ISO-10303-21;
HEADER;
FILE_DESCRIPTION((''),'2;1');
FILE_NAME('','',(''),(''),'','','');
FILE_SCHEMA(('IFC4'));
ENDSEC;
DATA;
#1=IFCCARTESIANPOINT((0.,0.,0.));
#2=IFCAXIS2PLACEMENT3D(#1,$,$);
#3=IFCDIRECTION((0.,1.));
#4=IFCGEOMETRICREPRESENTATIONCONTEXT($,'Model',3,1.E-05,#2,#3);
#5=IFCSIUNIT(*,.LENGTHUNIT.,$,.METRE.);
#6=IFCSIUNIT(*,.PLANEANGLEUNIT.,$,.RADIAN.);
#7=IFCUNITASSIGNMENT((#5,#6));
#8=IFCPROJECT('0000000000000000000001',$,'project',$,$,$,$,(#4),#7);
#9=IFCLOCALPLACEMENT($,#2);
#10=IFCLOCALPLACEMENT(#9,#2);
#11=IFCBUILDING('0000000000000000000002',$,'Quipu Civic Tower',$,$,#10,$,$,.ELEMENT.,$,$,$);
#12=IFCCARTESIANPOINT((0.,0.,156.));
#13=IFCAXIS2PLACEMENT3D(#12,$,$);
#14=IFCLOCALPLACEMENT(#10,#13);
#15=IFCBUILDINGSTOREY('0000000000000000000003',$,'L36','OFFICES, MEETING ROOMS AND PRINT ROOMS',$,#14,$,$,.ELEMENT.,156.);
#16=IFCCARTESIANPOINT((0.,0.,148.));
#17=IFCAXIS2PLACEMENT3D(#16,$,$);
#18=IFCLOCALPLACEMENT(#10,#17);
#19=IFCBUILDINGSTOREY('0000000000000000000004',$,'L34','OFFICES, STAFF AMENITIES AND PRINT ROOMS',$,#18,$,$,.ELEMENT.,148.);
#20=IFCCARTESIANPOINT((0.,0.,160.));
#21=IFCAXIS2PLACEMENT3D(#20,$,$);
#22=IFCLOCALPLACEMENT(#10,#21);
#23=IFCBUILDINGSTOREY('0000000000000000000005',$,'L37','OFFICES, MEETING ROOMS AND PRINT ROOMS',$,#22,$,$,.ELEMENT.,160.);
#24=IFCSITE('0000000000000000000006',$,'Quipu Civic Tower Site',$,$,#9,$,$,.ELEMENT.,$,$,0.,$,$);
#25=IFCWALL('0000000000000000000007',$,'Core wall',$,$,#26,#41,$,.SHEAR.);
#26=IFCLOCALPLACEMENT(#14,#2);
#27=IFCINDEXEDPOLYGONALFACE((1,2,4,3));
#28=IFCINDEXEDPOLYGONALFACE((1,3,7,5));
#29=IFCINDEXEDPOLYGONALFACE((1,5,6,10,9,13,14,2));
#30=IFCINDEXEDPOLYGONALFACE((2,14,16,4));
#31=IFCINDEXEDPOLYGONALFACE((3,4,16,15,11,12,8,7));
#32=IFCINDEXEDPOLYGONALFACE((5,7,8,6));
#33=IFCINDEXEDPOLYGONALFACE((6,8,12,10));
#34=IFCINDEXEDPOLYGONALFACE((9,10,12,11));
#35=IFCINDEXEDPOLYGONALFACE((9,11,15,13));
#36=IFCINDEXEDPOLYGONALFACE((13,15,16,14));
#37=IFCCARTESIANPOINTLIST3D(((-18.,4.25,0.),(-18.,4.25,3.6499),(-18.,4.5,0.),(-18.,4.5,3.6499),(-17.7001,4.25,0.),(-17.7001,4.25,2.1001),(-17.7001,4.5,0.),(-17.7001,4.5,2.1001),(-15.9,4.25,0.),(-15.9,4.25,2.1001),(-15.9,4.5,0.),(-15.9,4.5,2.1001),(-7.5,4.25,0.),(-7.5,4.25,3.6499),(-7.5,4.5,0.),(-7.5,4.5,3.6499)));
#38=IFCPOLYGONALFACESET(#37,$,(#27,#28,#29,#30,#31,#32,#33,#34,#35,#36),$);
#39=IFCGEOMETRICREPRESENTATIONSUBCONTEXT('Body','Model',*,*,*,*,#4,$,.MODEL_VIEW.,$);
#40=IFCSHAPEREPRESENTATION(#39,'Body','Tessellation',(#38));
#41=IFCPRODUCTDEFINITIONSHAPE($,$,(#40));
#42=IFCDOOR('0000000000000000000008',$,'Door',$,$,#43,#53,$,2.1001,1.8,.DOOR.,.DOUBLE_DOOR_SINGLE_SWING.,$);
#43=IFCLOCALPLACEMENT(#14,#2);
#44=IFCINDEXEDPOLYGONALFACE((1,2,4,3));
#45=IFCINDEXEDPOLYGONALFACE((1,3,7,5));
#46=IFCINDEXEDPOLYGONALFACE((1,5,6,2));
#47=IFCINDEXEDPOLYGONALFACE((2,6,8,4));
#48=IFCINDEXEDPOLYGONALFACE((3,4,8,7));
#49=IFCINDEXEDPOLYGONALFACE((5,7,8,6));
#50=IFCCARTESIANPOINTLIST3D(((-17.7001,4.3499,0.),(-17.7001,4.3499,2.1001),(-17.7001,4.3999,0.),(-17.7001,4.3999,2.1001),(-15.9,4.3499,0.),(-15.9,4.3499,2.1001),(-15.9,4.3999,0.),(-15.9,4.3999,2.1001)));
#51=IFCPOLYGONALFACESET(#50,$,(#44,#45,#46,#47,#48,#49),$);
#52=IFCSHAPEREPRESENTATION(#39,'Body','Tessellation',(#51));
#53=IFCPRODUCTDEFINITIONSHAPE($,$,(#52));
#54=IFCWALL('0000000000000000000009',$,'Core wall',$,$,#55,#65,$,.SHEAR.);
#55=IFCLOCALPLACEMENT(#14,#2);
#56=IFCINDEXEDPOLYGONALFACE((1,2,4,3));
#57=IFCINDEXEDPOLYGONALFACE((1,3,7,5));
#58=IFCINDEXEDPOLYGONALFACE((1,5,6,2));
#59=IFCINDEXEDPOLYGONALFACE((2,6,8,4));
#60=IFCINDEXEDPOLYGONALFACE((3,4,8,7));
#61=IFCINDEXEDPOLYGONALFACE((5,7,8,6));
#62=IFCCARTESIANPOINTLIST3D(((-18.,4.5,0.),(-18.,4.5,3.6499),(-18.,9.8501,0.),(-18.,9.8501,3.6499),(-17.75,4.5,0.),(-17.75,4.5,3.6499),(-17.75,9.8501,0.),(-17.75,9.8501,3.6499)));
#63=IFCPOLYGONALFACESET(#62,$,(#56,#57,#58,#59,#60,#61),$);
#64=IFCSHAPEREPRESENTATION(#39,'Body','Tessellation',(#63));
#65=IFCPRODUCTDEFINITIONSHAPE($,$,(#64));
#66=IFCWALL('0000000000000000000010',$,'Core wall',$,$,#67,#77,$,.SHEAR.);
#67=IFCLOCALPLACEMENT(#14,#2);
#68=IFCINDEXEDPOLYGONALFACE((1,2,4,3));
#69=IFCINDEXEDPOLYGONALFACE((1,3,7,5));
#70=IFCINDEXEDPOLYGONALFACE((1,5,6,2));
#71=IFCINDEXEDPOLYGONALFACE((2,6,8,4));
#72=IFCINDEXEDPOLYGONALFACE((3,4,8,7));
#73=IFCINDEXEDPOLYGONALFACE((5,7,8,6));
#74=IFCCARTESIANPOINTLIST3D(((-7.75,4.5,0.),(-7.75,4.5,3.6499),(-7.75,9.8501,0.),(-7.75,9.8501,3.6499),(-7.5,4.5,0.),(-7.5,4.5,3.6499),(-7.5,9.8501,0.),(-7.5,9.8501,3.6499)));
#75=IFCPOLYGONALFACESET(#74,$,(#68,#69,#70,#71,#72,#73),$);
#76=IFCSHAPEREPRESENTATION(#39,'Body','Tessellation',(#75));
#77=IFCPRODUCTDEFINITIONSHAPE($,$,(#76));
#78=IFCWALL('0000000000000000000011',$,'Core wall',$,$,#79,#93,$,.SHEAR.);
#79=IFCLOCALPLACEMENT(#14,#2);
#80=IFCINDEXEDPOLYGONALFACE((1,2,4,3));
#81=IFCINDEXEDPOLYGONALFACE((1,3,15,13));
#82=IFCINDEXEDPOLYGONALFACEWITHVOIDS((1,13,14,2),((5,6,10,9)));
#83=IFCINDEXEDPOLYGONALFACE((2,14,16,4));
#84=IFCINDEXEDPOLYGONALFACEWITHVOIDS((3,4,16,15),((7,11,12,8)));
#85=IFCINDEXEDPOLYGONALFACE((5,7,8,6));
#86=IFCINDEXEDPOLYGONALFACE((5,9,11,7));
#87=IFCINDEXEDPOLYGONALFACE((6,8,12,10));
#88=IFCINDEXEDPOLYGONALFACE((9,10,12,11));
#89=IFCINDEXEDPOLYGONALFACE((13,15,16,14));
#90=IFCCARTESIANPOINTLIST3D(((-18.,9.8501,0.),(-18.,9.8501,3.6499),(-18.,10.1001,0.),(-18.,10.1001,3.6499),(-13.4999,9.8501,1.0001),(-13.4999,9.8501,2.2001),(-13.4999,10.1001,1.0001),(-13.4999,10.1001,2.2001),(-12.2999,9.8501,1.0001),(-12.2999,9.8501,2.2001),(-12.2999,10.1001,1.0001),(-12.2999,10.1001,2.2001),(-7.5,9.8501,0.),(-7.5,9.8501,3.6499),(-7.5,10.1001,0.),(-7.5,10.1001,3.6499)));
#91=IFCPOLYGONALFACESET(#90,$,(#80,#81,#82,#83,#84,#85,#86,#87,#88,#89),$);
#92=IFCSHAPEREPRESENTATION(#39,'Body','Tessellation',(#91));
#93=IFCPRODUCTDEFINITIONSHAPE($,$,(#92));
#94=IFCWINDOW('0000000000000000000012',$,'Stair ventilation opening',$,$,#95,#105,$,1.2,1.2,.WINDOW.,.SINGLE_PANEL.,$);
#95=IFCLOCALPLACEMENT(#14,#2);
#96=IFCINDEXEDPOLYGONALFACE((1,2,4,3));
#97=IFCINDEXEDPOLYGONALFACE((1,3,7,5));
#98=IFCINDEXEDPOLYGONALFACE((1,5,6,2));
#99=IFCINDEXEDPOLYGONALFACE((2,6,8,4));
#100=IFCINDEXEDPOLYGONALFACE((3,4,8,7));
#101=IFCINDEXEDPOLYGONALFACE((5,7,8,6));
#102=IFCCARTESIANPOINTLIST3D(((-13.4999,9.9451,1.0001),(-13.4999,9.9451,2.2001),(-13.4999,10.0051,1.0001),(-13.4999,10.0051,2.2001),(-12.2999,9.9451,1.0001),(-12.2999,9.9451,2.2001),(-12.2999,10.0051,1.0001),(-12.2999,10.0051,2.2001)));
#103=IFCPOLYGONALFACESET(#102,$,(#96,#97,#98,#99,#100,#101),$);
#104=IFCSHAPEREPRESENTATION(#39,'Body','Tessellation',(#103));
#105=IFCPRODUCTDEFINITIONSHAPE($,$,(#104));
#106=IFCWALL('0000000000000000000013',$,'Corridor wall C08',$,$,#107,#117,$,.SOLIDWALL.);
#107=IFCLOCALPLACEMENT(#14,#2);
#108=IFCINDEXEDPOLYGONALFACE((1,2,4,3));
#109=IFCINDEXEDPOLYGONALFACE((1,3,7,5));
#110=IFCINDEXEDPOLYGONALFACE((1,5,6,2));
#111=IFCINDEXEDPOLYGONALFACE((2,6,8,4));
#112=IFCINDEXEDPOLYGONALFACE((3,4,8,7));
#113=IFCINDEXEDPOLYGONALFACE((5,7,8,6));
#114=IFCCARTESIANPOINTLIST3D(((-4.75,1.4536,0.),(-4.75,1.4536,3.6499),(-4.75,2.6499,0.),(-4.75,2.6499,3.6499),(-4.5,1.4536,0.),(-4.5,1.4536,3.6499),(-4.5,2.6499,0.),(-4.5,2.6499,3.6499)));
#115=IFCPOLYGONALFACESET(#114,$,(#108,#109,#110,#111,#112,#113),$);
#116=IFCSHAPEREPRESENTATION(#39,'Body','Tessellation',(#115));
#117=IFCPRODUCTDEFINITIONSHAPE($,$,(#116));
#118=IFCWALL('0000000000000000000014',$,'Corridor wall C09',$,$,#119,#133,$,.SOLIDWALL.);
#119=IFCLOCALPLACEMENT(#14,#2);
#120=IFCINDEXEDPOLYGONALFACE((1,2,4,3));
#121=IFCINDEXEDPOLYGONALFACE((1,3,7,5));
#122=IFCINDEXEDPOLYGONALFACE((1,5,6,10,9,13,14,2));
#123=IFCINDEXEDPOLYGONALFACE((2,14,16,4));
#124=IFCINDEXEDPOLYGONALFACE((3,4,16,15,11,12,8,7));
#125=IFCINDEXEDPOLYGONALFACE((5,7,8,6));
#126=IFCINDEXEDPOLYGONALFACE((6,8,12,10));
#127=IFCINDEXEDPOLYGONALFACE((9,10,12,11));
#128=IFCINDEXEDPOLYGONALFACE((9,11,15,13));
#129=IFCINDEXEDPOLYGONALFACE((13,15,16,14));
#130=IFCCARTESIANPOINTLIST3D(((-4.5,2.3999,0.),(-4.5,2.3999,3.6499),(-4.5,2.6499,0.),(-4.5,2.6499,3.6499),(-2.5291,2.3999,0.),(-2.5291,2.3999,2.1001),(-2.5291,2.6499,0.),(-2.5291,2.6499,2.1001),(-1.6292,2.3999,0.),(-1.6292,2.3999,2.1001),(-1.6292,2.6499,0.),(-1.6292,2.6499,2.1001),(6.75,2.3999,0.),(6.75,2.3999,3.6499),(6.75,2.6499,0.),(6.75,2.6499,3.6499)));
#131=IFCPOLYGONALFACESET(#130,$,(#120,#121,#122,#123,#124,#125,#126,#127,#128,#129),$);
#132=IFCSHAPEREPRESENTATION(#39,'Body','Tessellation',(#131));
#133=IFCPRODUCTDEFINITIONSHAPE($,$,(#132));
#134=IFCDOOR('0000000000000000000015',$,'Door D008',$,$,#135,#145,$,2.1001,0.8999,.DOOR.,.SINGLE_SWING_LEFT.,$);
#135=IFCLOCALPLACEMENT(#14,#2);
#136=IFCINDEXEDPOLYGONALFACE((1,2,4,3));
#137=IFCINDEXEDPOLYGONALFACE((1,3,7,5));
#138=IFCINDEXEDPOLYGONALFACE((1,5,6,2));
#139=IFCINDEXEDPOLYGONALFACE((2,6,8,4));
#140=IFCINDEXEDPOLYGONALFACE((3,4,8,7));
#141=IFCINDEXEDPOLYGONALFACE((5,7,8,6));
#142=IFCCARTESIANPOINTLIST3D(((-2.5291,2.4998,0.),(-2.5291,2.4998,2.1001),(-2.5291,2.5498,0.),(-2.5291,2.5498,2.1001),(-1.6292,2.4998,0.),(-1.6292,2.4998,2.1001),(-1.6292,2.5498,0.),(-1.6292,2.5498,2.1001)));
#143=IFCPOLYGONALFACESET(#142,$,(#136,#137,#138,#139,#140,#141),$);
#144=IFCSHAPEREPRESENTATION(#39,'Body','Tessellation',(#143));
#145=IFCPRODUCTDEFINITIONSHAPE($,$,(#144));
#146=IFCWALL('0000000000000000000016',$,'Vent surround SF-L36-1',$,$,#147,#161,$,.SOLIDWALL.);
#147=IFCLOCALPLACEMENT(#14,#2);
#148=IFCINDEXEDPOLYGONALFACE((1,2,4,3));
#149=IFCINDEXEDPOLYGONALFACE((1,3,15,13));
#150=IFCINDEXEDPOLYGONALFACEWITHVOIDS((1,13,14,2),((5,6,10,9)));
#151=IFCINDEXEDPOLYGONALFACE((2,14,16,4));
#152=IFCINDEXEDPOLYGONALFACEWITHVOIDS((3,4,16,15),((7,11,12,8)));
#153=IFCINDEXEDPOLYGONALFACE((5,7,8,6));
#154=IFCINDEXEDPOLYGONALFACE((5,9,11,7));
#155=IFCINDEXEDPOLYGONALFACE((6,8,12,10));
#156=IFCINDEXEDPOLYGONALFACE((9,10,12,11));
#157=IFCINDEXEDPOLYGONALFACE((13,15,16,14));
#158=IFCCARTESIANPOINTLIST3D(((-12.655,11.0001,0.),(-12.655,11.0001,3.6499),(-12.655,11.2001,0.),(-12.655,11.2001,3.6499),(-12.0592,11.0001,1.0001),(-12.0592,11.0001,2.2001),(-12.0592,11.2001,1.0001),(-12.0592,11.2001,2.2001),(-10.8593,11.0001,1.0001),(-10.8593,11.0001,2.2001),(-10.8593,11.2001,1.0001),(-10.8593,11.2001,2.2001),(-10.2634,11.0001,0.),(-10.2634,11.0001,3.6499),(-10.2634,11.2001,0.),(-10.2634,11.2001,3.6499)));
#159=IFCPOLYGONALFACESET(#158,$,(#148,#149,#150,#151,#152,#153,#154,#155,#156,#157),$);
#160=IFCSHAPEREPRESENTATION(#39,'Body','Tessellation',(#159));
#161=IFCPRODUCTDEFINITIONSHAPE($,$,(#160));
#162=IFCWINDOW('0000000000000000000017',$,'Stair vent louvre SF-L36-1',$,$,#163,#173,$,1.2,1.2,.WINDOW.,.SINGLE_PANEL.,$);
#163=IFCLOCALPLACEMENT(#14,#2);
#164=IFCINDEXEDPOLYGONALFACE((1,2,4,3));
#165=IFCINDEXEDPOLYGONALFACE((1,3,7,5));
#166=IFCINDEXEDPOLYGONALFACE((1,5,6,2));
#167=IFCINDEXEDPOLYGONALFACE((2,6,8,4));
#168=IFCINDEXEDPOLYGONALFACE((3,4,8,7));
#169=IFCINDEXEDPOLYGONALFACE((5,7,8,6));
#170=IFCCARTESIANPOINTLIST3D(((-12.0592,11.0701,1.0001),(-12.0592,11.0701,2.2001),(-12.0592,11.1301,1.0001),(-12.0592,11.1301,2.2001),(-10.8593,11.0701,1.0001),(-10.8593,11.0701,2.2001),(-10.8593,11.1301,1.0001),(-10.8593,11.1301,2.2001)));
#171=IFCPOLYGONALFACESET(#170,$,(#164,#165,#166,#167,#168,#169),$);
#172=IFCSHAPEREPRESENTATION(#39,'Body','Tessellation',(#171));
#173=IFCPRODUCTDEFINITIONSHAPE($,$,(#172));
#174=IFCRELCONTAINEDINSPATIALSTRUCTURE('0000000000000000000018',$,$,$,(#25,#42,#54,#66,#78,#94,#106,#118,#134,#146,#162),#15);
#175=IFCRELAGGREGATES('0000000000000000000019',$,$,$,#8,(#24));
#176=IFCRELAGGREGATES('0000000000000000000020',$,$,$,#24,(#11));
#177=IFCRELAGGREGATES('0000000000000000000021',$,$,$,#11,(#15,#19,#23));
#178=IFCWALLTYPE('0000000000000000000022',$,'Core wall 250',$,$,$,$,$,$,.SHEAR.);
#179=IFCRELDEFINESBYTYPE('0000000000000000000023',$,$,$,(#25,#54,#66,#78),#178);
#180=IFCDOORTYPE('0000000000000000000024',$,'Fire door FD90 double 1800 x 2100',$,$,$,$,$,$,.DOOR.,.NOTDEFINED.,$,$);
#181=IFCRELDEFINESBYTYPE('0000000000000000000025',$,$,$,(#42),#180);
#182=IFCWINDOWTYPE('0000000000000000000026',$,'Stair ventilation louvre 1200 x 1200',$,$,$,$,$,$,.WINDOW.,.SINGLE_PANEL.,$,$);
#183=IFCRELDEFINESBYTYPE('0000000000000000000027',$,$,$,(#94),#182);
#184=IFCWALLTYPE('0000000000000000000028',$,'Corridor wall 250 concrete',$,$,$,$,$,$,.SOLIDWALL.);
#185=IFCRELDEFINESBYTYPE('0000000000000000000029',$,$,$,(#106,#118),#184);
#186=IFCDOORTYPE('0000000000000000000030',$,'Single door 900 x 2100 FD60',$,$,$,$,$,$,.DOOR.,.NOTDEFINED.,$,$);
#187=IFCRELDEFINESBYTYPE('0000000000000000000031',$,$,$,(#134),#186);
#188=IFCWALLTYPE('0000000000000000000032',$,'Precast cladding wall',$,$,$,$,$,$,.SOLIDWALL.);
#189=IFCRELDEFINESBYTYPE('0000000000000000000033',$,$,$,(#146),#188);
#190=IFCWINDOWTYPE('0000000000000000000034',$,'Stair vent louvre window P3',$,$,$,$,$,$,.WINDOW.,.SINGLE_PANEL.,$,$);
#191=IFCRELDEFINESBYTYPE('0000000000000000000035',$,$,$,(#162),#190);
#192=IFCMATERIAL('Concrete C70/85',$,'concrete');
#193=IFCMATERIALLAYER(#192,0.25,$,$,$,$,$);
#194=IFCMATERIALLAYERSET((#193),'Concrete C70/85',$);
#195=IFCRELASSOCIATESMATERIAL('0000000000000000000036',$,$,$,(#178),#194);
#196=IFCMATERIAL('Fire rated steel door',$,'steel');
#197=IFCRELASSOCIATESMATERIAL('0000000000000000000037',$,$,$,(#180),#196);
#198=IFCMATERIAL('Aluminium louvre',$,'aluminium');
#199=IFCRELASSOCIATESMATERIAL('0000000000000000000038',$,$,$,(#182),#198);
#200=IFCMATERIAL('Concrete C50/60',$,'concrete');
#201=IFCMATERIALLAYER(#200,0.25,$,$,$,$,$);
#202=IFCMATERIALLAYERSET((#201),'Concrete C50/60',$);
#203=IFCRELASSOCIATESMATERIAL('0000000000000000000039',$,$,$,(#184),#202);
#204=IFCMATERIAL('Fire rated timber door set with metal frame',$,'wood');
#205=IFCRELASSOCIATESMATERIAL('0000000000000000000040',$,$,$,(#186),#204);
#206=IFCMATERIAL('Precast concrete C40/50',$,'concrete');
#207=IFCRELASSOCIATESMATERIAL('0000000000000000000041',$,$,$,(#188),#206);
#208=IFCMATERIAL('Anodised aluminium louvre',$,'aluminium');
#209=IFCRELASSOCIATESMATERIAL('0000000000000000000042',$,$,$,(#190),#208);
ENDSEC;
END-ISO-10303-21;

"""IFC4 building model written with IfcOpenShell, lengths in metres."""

from ifc_helpers import new_model, si_unit, direction, frame, frame_2d, origin, place, context, subcontext, project, spatial, rectangle, extrude, material, layer, layer_set, type_object, element, fill, save


model = new_model("IFC4")

# Units and contexts
model_context = context("Model", 3, precision=1e-05, world=origin(), true_north=direction((0.0, 1.0)))
body_context = subcontext(model_context, "Body", "Model", "MODEL_VIEW")
ifc_project = project(units=[si_unit("LENGTHUNIT", "METRE"), si_unit("PLANEANGLEUNIT", "RADIAN")], contexts=[model_context])

# Site, building, storey
site_placement = place(None, origin())
site = spatial("IfcSite", under=ifc_project, at=site_placement, Name="Quipu Civic Tower Site", CompositionType="ELEMENT", RefElevation=0.0)
building_placement = place(site_placement, origin())
building = spatial("IfcBuilding", under=site, at=building_placement, Name="Quipu Civic Tower", CompositionType="ELEMENT")
storey_1_placement = place(building_placement, frame((0.0, 0.0, 156.0)))
storey_1 = spatial("IfcBuildingStorey", under=building, at=storey_1_placement, Name="L36", Description="OFFICES, MEETING ROOMS AND PRINT ROOMS", CompositionType="ELEMENT", Elevation=156.0)

# Shared definitions
storey_2_placement = place(building_placement, frame((0.0, 0.0, 148.0)))
storey_2 = spatial("IfcBuildingStorey", under=building, at=storey_2_placement, Name="L34", Description="OFFICES, STAFF AMENITIES AND PRINT ROOMS", CompositionType="ELEMENT", Elevation=148.0)

# Shared definitions
storey_3_placement = place(building_placement, frame((0.0, 0.0, 160.0)))
storey_3 = spatial("IfcBuildingStorey", under=building, at=storey_3_placement, Name="L37", Description="OFFICES, MEETING ROOMS AND PRINT ROOMS", CompositionType="ELEMENT", Elevation=160.0)

# Wall, opening, door
ifc_material_1 = material(Name="Concrete C70/85", Category="concrete")
ifc_layer_1 = layer(ifc_material_1, 0.25)
ifc_layer_set_1 = layer_set([ifc_layer_1], Name="Concrete C70/85")
wall_type_1 = type_object("IfcWallType", Name="Core wall 250", PredefinedType="SHEAR", material=ifc_layer_set_1)
wall_1_placement = place(storey_1_placement, frame((-18.0, 4.375, 0.0), z_axis=(0.0, 0.0, 1.0), x_axis=(1.0, 0.0, 0.0)))
wall_1 = element("IfcWall", 1, at=wall_1_placement, inside=storey_1, type_object=wall_type_1, Name="Core wall", PredefinedType="SHEAR", context=body_context, shape_type="SweptSolid", body=[
    extrude(rectangle(XDim=10.5, YDim=0.25, at=frame_2d((5.25, 0.0))), origin(), (0.0, 0.0, 1.0), 3.6499),
])
opening_1_placement = place(wall_1_placement, frame((0.3, 0.0, 0.0)))
opening_1 = element("IfcOpeningElement", 2, at=opening_1_placement, cuts=wall_1, PredefinedType="OPENING", context=body_context, shape_type="SweptSolid", body=[
    extrude(rectangle(XDim=1.8, YDim=2.1001, at=frame_2d((0.8999, 1.05))), frame((0.0, 0.135, 0.0), z_axis=(0.0, -1.0, 0.0), x_axis=(1.0, 0.0, 0.0)), (0.0, 0.0, 1.0), 0.27),
])
ifc_material_2 = material(Name="Fire rated steel door", Category="steel")
door_type_1 = type_object("IfcDoorType", Name="Fire door FD90 double 1800 x 2100", OperationType="NOTDEFINED", PredefinedType="DOOR", material=ifc_material_2)
door_1_placement = place(opening_1_placement, origin())
door_1 = element("IfcDoor", 3, at=door_1_placement, inside=storey_1, type_object=door_type_1, Name="Door", OperationType="DOUBLE_DOOR_SINGLE_SWING", OverallHeight=2.1001, OverallWidth=1.8, PredefinedType="DOOR", context=body_context, shape_type="SweptSolid", body=[
    extrude(rectangle(XDim=1.8, YDim=2.1001, at=frame_2d((0.8999, 1.05))), frame((0.0, 0.0249, 0.0), z_axis=(0.0, -1.0, 0.0), x_axis=(1.0, 0.0, 0.0)), (0.0, 0.0, 1.0), 0.05),
])
fill(opening_1, door_1)

# Walls
for number, where, z_axis, x_axis, name in (
    (4, (-17.875, 4.5, 0.0), (0.0, 0.0, 1.0), (0.0, 1.0, 0.0), "Core wall"),
    (5, (-7.625, 4.5, 0.0), (0.0, 0.0, 1.0), (0.0, 1.0, 0.0), "Core wall"),
):
    element("IfcWall", number, at=place(storey_1_placement, frame(where, z_axis=z_axis, x_axis=x_axis)), inside=storey_1, type_object=wall_type_1, Name=name, PredefinedType="SHEAR", context=body_context, shape_type="SweptSolid", body=[
        extrude(rectangle(XDim=5.3501, YDim=0.25, at=frame_2d((2.675, 0.0))), origin(), (0.0, 0.0, 1.0), 3.6499),
    ])

# Wall, opening, window
wall_2_placement = place(storey_1_placement, frame((-18.0, 9.9751, 0.0), z_axis=(0.0, 0.0, 1.0), x_axis=(1.0, 0.0, 0.0)))
wall_2 = element("IfcWall", 6, at=wall_2_placement, inside=storey_1, type_object=wall_type_1, Name="Core wall", PredefinedType="SHEAR", context=body_context, shape_type="SweptSolid", body=[
    extrude(rectangle(XDim=10.5, YDim=0.25, at=frame_2d((5.25, 0.0))), origin(), (0.0, 0.0, 1.0), 3.6499),
])
opening_2_placement = place(wall_2_placement, frame((4.5, 0.0, 1.0)))
opening_2 = element("IfcOpeningElement", 7, at=opening_2_placement, cuts=wall_2, PredefinedType="OPENING", context=body_context, shape_type="SweptSolid", body=[
    extrude(rectangle(XDim=1.2, YDim=1.2, at=frame_2d((0.6001, 0.6001))), frame((0.0, 0.135, 0.0), z_axis=(0.0, -1.0, 0.0), x_axis=(1.0, 0.0, 0.0)), (0.0, 0.0, 1.0), 0.27),
])
ifc_material_3 = material(Name="Aluminium louvre", Category="aluminium")
window_type_1 = type_object("IfcWindowType", Name="Stair ventilation louvre 1200 x 1200", PartitioningType="SINGLE_PANEL", PredefinedType="WINDOW", material=ifc_material_3)
window_1_placement = place(opening_2_placement, origin())
window_1 = element("IfcWindow", 8, at=window_1_placement, inside=storey_1, type_object=window_type_1, Name="Stair ventilation opening", OverallHeight=1.2, OverallWidth=1.2, PartitioningType="SINGLE_PANEL", PredefinedType="WINDOW", context=body_context, shape_type="SweptSolid", body=[
    extrude(rectangle(XDim=1.2, YDim=1.2, at=frame_2d((0.6001, 0.6001))), frame((0.0, 0.03, 0.0), z_axis=(0.0, -1.0, 0.0), x_axis=(1.0, 0.0, 0.0)), (0.0, 0.0, 1.0), 0.0601),
])
fill(opening_2, window_1)

# Wall
ifc_material_4 = material(Name="Concrete C50/60", Category="concrete")
ifc_layer_2 = layer(ifc_material_4, 0.25)
ifc_layer_set_2 = layer_set([ifc_layer_2], Name="Concrete C50/60")
wall_type_2 = type_object("IfcWallType", Name="Corridor wall 250 concrete", PredefinedType="SOLIDWALL", material=ifc_layer_set_2)
wall_3_placement = place(storey_1_placement, frame((-4.625, 1.4536, 0.0), z_axis=(0.0, 0.0, 1.0), x_axis=(0.0, 1.0, 0.0)))
element("IfcWall", 9, at=wall_3_placement, inside=storey_1, type_object=wall_type_2, Name="Corridor wall C08", PredefinedType="SOLIDWALL", context=body_context, shape_type="SweptSolid", body=[
    extrude(rectangle(XDim=1.1963, YDim=0.25, at=frame_2d((0.5981, 0.0))), origin(), (0.0, 0.0, 1.0), 3.6499),
])

# Wall, opening, door
wall_4_placement = place(storey_1_placement, frame((-4.5, 2.5249, 0.0), z_axis=(0.0, 0.0, 1.0), x_axis=(1.0, 0.0, 0.0)))
wall_4 = element("IfcWall", 10, at=wall_4_placement, inside=storey_1, type_object=wall_type_2, Name="Corridor wall C09", PredefinedType="SOLIDWALL", context=body_context, shape_type="SweptSolid", body=[
    extrude(rectangle(XDim=11.25, YDim=0.25, at=frame_2d((5.625, 0.0))), origin(), (0.0, 0.0, 1.0), 3.6499),
])
opening_3_placement = place(wall_4_placement, frame((1.9709, 0.0, 0.0)))
opening_3 = element("IfcOpeningElement", 11, at=opening_3_placement, cuts=wall_4, PredefinedType="OPENING", context=body_context, shape_type="SweptSolid", body=[
    extrude(rectangle(XDim=0.8999, YDim=2.1001, at=frame_2d((0.45, 1.05))), frame((0.0, 0.135, 0.0), z_axis=(0.0, -1.0, 0.0), x_axis=(1.0, 0.0, 0.0)), (0.0, 0.0, 1.0), 0.27),
])
ifc_material_5 = material(Name="Fire rated timber door set with metal frame", Category="wood")
door_type_2 = type_object("IfcDoorType", Name="Single door 900 x 2100 FD60", OperationType="NOTDEFINED", PredefinedType="DOOR", material=ifc_material_5)
door_2_placement = place(opening_3_placement, origin())
door_2 = element("IfcDoor", 12, at=door_2_placement, inside=storey_1, type_object=door_type_2, Name="Door D008", OperationType="SINGLE_SWING_LEFT", OverallHeight=2.1001, OverallWidth=0.8999, PredefinedType="DOOR", context=body_context, shape_type="SweptSolid", body=[
    extrude(rectangle(XDim=0.8999, YDim=2.1001, at=frame_2d((0.45, 1.05))), frame((0.0, 0.0249, 0.0), z_axis=(0.0, -1.0, 0.0), x_axis=(1.0, 0.0, 0.0)), (0.0, 0.0, 1.0), 0.05),
])
fill(opening_3, door_2)

# Wall, opening, window
ifc_material_6 = material(Name="Precast concrete C40/50", Category="concrete")
wall_type_3 = type_object("IfcWallType", Name="Precast cladding wall", PredefinedType="SOLIDWALL", material=ifc_material_6)
wall_5_placement = place(storey_1_placement, frame((-10.2634, 11.1001, 0.0), z_axis=(0.0, 0.0, 1.0), x_axis=(-1.0, 0.0, 0.0)))
wall_5 = element("IfcWall", 13, at=wall_5_placement, inside=storey_1, type_object=wall_type_3, Name="Vent surround SF-L36-1", PredefinedType="SOLIDWALL", context=body_context, shape_type="SweptSolid", body=[
    extrude(rectangle(XDim=2.3916, YDim=0.2, at=frame_2d((1.1958, 0.0))), origin(), (0.0, 0.0, 1.0), 3.6499),
])
opening_4_placement = place(wall_5_placement, frame((0.5957, 0.0, 1.0)))
opening_4 = element("IfcOpeningElement", 14, at=opening_4_placement, cuts=wall_5, PredefinedType="OPENING", context=body_context, shape_type="SweptSolid", body=[
    extrude(rectangle(XDim=1.2, YDim=1.2, at=frame_2d((0.6001, 0.6001))), frame((0.0, 0.1099, 0.0), z_axis=(0.0, -1.0, 0.0), x_axis=(1.0, 0.0, 0.0)), (0.0, 0.0, 1.0), 0.22),
])
ifc_material_7 = material(Name="Anodised aluminium louvre", Category="aluminium")
window_type_2 = type_object("IfcWindowType", Name="Stair vent louvre window P3", PartitioningType="SINGLE_PANEL", PredefinedType="WINDOW", material=ifc_material_7)
window_2_placement = place(opening_4_placement, origin())
window_2 = element("IfcWindow", 15, at=window_2_placement, inside=storey_1, type_object=window_type_2, Name="Stair vent louvre SF-L36-1", OverallHeight=1.2, OverallWidth=1.2, PartitioningType="SINGLE_PANEL", PredefinedType="WINDOW", context=body_context, shape_type="SweptSolid", body=[
    extrude(rectangle(XDim=1.2, YDim=1.2, at=frame_2d((0.6001, 0.6001))), frame((0.0, 0.03, 0.0), z_axis=(0.0, -1.0, 0.0), x_axis=(1.0, 0.0, 0.0)), (0.0, 0.0, 1.0), 0.0601),
])
fill(opening_4, window_2)

save(model, "model.ifc")
